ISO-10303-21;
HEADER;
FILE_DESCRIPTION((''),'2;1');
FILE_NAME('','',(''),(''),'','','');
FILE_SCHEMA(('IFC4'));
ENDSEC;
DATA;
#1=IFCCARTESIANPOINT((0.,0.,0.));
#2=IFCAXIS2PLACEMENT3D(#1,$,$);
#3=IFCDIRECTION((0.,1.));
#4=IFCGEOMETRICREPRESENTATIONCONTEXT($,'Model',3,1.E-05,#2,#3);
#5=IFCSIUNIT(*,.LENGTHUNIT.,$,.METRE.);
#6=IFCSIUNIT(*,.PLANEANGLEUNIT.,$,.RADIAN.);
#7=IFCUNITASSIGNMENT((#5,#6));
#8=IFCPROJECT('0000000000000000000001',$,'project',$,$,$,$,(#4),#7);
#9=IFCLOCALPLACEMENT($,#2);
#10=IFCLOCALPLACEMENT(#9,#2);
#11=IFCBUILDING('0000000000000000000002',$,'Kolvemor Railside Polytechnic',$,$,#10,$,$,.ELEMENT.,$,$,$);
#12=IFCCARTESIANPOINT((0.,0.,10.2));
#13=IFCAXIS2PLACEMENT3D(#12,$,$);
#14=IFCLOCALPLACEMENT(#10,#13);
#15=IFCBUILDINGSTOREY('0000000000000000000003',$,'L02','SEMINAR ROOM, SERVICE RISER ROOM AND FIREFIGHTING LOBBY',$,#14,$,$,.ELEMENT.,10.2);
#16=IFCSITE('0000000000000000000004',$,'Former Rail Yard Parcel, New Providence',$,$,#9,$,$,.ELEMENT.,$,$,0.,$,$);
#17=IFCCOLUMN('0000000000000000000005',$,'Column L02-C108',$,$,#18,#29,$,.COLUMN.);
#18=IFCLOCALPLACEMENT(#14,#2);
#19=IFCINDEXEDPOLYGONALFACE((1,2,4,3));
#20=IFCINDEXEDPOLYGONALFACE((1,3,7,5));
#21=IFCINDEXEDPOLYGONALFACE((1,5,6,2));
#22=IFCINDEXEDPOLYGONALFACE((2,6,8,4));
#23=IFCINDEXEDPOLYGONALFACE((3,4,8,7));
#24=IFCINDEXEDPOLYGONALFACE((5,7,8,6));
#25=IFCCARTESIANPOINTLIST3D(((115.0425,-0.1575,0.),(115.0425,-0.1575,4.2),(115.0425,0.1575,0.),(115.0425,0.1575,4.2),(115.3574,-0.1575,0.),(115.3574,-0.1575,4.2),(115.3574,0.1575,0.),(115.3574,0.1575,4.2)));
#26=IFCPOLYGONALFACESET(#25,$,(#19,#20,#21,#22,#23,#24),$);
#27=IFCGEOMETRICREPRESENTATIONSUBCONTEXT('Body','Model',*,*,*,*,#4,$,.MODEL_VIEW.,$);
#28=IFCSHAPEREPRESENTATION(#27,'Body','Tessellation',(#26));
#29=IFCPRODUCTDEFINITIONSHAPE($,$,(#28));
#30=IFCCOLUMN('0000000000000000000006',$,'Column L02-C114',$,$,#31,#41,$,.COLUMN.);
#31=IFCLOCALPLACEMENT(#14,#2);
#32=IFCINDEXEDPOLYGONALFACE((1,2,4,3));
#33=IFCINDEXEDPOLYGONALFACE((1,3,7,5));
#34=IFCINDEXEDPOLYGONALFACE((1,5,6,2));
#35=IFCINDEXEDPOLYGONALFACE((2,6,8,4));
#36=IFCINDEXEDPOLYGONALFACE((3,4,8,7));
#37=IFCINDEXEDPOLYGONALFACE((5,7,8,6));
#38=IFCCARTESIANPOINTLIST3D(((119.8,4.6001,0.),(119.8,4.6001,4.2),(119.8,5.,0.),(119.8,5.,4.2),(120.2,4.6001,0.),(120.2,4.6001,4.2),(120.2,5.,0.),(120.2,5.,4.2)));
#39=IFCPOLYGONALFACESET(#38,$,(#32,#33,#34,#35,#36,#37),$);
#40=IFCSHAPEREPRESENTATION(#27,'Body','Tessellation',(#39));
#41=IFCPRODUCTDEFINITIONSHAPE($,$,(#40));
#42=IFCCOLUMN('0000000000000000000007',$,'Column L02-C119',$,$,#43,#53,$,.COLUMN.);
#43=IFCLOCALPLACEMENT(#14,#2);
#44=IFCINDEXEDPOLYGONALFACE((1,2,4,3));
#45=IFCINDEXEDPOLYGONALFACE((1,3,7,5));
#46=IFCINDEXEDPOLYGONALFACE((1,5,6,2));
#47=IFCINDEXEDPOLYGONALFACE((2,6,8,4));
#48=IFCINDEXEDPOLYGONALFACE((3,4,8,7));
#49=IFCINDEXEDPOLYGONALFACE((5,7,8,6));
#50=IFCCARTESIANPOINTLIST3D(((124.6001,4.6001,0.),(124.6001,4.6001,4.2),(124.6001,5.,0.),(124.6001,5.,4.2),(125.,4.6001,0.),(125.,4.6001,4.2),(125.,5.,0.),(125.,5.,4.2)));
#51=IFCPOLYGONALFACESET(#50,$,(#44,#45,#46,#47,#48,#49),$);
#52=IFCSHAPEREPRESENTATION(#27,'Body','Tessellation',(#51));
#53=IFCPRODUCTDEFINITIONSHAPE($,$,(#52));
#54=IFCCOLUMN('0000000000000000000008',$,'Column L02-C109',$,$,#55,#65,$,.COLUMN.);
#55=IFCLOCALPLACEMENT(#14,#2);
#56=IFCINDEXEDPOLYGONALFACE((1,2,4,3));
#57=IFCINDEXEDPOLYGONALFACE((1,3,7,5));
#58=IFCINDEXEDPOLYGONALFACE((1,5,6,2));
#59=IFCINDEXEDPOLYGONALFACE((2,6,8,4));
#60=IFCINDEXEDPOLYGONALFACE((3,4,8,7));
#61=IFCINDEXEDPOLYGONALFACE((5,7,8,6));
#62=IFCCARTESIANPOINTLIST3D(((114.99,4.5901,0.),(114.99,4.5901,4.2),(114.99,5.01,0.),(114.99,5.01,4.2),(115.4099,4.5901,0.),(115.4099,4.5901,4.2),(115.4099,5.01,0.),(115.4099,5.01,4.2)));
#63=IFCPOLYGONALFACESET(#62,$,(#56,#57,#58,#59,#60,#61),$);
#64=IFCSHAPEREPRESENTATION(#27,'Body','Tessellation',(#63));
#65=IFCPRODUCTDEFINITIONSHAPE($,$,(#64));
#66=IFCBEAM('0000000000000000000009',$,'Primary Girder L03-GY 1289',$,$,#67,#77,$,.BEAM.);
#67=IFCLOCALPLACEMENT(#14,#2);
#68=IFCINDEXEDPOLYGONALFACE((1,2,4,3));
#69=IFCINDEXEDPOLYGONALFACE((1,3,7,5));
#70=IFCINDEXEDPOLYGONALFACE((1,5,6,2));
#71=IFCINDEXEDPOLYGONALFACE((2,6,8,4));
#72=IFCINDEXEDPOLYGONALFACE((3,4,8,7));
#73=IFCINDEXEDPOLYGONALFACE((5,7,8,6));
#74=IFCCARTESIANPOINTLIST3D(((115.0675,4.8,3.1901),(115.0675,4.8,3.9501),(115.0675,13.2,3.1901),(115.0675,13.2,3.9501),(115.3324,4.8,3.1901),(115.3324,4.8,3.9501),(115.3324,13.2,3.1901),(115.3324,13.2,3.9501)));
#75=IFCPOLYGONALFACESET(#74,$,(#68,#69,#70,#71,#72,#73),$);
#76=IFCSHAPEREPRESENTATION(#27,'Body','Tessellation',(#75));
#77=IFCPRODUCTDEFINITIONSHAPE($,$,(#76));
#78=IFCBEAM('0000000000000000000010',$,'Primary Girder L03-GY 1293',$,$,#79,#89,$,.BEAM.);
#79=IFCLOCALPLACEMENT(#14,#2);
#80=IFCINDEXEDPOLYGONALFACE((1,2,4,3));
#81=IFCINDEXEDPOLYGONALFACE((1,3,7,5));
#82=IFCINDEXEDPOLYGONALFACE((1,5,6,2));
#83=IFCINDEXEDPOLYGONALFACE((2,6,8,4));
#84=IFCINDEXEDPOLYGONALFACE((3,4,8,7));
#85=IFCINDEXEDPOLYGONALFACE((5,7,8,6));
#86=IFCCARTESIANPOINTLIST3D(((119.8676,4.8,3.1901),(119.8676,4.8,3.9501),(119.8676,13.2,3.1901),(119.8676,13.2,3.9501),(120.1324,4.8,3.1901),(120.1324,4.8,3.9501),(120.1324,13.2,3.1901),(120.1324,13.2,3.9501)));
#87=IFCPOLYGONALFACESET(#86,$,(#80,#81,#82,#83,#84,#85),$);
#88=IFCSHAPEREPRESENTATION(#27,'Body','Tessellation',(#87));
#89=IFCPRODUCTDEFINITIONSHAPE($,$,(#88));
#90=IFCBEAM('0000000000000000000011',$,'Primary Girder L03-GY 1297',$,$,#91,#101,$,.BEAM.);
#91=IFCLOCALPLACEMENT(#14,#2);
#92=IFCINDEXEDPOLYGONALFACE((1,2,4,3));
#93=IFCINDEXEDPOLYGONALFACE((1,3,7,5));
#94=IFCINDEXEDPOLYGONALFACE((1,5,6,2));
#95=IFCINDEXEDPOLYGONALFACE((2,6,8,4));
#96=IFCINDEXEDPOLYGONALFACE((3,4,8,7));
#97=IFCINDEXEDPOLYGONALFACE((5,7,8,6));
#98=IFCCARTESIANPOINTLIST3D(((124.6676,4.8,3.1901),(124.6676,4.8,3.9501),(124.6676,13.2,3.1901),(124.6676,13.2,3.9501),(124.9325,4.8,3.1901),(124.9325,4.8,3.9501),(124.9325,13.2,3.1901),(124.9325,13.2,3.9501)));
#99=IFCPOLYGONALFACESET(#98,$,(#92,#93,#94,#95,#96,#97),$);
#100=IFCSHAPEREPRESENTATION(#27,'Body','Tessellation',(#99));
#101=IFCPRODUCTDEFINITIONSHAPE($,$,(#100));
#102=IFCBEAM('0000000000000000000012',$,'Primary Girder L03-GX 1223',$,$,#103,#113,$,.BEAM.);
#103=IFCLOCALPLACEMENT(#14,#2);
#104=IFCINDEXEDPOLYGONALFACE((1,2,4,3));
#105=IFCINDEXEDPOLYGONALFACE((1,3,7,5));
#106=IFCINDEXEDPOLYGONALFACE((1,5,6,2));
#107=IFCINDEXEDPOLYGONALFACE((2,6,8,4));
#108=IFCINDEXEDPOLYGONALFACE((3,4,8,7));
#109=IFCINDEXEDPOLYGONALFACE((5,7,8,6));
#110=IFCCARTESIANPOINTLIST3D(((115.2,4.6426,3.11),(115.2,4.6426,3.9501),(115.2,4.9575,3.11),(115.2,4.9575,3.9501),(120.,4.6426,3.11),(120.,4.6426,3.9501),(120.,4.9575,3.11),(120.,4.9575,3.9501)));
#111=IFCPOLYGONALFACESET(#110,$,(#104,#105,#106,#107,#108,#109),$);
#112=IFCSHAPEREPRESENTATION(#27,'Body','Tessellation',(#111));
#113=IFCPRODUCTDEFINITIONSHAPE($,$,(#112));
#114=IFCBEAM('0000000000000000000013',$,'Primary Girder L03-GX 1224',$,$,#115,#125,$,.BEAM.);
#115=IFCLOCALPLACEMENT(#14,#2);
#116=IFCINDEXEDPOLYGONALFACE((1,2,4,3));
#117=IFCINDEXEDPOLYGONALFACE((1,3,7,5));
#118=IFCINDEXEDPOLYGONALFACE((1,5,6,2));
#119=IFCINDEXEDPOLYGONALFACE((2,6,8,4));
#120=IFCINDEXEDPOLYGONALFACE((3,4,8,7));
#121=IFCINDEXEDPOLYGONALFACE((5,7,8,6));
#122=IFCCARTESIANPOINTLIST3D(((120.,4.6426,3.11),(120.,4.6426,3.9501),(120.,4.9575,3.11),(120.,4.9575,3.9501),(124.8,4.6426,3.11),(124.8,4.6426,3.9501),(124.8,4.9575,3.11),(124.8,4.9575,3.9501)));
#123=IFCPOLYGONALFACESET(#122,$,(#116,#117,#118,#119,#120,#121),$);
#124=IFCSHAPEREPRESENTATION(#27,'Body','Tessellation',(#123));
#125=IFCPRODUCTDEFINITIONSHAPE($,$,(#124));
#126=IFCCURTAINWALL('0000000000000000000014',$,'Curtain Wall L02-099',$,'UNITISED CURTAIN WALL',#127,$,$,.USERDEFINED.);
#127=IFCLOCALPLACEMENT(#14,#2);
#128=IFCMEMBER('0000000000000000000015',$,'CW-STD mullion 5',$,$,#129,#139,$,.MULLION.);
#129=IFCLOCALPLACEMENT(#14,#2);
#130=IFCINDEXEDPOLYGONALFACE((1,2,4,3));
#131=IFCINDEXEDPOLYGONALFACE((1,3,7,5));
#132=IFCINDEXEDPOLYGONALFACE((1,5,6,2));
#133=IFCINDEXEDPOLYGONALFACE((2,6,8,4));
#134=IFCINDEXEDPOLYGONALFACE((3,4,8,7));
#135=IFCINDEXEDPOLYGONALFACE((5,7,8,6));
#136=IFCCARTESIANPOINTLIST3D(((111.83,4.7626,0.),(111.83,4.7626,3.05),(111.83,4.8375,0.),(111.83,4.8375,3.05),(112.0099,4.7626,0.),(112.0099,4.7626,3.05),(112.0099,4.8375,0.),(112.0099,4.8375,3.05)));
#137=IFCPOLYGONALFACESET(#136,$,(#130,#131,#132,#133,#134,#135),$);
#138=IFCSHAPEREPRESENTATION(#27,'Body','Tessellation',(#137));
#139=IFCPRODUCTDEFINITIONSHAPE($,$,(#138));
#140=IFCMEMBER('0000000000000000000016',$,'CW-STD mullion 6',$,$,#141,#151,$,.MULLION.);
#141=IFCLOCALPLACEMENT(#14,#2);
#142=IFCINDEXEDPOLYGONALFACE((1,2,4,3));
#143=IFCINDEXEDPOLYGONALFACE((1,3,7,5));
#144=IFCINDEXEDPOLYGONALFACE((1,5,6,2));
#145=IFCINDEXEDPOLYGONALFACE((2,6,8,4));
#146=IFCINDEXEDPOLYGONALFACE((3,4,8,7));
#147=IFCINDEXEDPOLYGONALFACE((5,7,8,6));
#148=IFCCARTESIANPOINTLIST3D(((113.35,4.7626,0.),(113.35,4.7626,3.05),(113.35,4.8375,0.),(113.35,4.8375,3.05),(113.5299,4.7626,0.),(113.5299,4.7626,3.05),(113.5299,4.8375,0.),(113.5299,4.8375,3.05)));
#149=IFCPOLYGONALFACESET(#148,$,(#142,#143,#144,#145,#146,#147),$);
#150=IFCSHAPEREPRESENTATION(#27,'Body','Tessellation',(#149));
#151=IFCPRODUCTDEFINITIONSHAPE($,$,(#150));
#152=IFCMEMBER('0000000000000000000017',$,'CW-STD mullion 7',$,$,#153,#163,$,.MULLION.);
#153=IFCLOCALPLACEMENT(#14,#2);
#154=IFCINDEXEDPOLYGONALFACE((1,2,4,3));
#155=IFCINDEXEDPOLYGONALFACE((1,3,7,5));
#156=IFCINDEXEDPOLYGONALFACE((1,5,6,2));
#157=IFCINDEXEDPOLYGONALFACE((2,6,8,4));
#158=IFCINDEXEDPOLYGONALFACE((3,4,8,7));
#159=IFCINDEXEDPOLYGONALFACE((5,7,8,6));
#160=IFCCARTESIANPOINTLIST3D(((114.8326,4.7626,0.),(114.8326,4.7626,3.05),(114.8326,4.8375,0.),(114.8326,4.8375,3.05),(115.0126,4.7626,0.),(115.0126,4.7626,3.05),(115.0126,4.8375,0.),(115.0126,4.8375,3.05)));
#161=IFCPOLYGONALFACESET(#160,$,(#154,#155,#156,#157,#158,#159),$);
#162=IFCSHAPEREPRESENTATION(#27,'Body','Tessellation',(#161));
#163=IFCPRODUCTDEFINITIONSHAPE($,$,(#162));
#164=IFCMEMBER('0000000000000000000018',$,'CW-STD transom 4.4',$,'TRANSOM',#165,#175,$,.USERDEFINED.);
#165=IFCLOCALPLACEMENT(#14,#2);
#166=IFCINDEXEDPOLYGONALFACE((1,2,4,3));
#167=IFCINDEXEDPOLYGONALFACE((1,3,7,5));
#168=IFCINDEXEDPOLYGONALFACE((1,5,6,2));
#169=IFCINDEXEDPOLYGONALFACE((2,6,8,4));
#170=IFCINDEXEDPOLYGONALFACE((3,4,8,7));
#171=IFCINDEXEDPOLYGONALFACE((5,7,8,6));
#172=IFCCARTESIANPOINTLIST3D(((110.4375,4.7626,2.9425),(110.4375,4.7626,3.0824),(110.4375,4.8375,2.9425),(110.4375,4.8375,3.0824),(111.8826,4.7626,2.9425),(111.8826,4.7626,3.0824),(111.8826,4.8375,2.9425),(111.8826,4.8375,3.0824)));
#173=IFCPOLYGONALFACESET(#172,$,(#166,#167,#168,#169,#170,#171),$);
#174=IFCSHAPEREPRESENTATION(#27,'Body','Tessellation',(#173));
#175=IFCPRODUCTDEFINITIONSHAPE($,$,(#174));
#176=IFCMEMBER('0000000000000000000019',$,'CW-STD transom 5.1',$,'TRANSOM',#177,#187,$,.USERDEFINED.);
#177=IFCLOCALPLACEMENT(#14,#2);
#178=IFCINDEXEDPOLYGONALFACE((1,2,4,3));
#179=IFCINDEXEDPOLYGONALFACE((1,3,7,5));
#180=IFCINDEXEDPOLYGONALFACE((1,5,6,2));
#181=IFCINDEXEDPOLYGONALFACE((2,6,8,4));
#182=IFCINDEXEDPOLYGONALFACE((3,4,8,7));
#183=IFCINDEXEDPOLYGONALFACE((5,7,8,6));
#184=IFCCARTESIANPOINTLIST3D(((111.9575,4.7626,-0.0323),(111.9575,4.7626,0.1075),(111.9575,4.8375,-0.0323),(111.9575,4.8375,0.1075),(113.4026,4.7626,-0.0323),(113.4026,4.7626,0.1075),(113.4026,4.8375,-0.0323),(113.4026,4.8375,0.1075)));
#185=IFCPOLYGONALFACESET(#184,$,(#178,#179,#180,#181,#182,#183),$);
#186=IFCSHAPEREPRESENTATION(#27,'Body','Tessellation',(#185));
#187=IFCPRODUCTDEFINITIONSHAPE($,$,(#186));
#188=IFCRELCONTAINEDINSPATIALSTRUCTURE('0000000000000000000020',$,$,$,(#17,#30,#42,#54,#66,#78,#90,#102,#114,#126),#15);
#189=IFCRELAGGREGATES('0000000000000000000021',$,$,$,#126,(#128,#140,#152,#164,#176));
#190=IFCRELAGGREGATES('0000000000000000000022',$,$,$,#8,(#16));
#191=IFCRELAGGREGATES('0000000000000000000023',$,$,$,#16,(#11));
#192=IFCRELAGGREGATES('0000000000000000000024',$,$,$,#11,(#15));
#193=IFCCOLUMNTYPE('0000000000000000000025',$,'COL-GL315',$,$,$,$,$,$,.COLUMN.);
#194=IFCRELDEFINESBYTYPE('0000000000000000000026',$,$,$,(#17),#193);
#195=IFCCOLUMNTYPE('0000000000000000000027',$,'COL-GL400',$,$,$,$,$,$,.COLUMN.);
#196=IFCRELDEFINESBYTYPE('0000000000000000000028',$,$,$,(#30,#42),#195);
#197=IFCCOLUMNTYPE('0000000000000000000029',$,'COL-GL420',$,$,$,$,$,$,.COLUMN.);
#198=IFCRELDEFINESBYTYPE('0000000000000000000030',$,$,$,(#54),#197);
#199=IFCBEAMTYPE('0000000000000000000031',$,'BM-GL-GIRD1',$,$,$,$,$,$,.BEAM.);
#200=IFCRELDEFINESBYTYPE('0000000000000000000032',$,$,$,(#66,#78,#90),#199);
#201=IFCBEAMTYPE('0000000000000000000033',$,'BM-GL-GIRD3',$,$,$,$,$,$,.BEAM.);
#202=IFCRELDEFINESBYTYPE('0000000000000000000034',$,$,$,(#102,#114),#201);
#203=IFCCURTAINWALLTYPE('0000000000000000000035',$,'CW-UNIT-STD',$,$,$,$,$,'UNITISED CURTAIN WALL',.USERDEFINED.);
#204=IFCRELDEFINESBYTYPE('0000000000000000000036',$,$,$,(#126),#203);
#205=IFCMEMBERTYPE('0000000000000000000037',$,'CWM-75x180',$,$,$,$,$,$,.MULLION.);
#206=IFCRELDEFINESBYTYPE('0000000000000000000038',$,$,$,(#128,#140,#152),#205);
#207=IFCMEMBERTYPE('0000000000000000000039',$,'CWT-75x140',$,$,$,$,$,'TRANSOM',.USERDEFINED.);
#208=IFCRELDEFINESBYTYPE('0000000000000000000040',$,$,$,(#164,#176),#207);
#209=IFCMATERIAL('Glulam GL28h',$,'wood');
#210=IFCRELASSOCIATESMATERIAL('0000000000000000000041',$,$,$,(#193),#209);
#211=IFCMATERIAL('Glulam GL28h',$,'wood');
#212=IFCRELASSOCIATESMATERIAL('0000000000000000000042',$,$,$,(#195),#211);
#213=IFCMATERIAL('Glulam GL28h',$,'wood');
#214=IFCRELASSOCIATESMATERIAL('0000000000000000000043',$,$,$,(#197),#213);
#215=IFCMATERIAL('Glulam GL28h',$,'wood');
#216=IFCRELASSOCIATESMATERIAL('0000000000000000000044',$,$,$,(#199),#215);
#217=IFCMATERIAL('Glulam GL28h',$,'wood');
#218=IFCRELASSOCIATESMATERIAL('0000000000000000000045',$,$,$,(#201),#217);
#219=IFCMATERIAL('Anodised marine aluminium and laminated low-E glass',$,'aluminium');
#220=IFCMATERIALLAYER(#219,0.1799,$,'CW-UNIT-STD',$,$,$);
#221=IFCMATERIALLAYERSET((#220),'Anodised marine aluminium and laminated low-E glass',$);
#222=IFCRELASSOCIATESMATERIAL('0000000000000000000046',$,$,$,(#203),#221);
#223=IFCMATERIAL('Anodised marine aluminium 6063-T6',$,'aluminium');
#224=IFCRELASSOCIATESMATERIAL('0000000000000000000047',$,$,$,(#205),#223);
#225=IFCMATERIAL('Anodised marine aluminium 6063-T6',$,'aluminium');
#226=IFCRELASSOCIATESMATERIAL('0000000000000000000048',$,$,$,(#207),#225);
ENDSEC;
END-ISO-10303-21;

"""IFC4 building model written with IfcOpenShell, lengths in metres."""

from ifc_helpers import new_model, si_unit, direction, frame, origin, origin_2d, place, context, subcontext, project, spatial, rectangle, extrude, material, layer, layer_set, material_profile, profile_set, type_object, element, aggregate, save


model = new_model("IFC4")

# Units and contexts
model_context = context("Model", 3, precision=1e-05, world=origin(), true_north=direction((0.0, 1.0)))
body_context = subcontext(model_context, "Body", "Model", "MODEL_VIEW")
ifc_project = project(units=[si_unit("LENGTHUNIT", "METRE"), si_unit("PLANEANGLEUNIT", "RADIAN")], contexts=[model_context])

# Site, building, storey
site_placement = place(None, origin())
site = spatial("IfcSite", under=ifc_project, at=site_placement, Name="Former Rail Yard Parcel, New Providence", CompositionType="ELEMENT", RefElevation=0.0)
building_placement = place(site_placement, origin())
building = spatial("IfcBuilding", under=site, at=building_placement, Name="Kolvemor Railside Polytechnic", CompositionType="ELEMENT")
storey_placement = place(building_placement, frame((0.0, 0.0, 10.2)))
storey = spatial("IfcBuildingStorey", under=building, at=storey_placement, Name="L02", Description="SEMINAR ROOM, SERVICE RISER ROOM AND FIREFIGHTING LOBBY", CompositionType="ELEMENT", Elevation=10.2)

# Columns
ifc_material_1 = material(Name="Glulam GL28h", Category="wood")
ifc_material_profile_1 = material_profile(ifc_material_1, rectangle(XDim=0.3149, YDim=0.3149, at=origin_2d()), Name="GL315x315")
ifc_profile_set_1 = profile_set([ifc_material_profile_1], Name="Glulam GL28h")
column_type_1 = type_object("IfcColumnType", Name="COL-GL315", PredefinedType="COLUMN", material=ifc_profile_set_1)
column_1_placement = place(storey_placement, frame((115.2, 0.0, 0.0), z_axis=(0.0, 0.0, 1.0), x_axis=(1.0, 0.0, 0.0)))
element("IfcColumn", 1, at=column_1_placement, inside=storey, type_object=column_type_1, Name="Column L02-C108", PredefinedType="COLUMN", context=body_context, shape_type="SweptSolid", body=[
    extrude(rectangle(XDim=0.3149, YDim=0.3149, at=origin_2d()), origin(), (0.0, 0.0, 1.0), 4.2),
])
ifc_material_2 = material(Name="Glulam GL28h", Category="wood")
ifc_material_profile_2 = material_profile(ifc_material_2, rectangle(XDim=0.3999, YDim=0.3999, at=origin_2d()), Name="GL400x400")
ifc_profile_set_2 = profile_set([ifc_material_profile_2], Name="Glulam GL28h")
column_type_2 = type_object("IfcColumnType", Name="COL-GL400", PredefinedType="COLUMN", material=ifc_profile_set_2)
for number, where, z_axis, x_axis, name in (
    (2, (120.0, 4.8, 0.0), (0.0, 0.0, 1.0), (1.0, 0.0, 0.0), "Column L02-C114"),
    (3, (124.8, 4.8, 0.0), (0.0, 0.0, 1.0), (1.0, 0.0, 0.0), "Column L02-C119"),
):
    element("IfcColumn", number, at=place(storey_placement, frame(where, z_axis=z_axis, x_axis=x_axis)), inside=storey, type_object=column_type_2, Name=name, PredefinedType="COLUMN", context=body_context, shape_type="SweptSolid", body=[
        extrude(rectangle(XDim=0.3999, YDim=0.3999, at=origin_2d()), origin(), (0.0, 0.0, 1.0), 4.2),
    ])
ifc_material_3 = material(Name="Glulam GL28h", Category="wood")
ifc_material_profile_3 = material_profile(ifc_material_3, rectangle(XDim=0.4199, YDim=0.4199, at=origin_2d()), Name="GL420x420")
ifc_profile_set_3 = profile_set([ifc_material_profile_3], Name="Glulam GL28h")
column_type_3 = type_object("IfcColumnType", Name="COL-GL420", PredefinedType="COLUMN", material=ifc_profile_set_3)
column_2_placement = place(storey_placement, frame((115.2, 4.8, 0.0), z_axis=(0.0, 0.0, 1.0), x_axis=(1.0, 0.0, 0.0)))
element("IfcColumn", 4, at=column_2_placement, inside=storey, type_object=column_type_3, Name="Column L02-C109", PredefinedType="COLUMN", context=body_context, shape_type="SweptSolid", body=[
    extrude(rectangle(XDim=0.4199, YDim=0.4199, at=origin_2d()), origin(), (0.0, 0.0, 1.0), 4.2),
])

# Beams
ifc_material_4 = material(Name="Glulam GL28h", Category="wood")
ifc_material_profile_4 = material_profile(ifc_material_4, rectangle(XDim=0.2649, YDim=0.76, at=origin_2d()), Name="GL265x760")
ifc_profile_set_4 = profile_set([ifc_material_profile_4], Name="Glulam GL28h")
beam_type_1 = type_object("IfcBeamType", Name="BM-GL-GIRD1", PredefinedType="BEAM", material=ifc_profile_set_4)
for number, where, z_axis, x_axis, name in (
    (5, (115.2, 4.8, 3.5701), (0.0, 1.0, 0.0), (-1.0, 0.0, 0.0), "Primary Girder L03-GY 1289"),
    (6, (120.0, 4.8, 3.5701), (0.0, 1.0, 0.0), (-1.0, 0.0, 0.0), "Primary Girder L03-GY 1293"),
    (7, (124.8, 4.8, 3.5701), (0.0, 1.0, 0.0), (-1.0, 0.0, 0.0), "Primary Girder L03-GY 1297"),
):
    element("IfcBeam", number, at=place(storey_placement, frame(where, z_axis=z_axis, x_axis=x_axis)), inside=storey, type_object=beam_type_1, Name=name, PredefinedType="BEAM", context=body_context, shape_type="SweptSolid", body=[
        extrude(rectangle(XDim=0.2649, YDim=0.76, at=origin_2d()), origin(), (0.0, 0.0, 1.0), 8.3999),
    ])
ifc_material_5 = material(Name="Glulam GL28h", Category="wood")
ifc_material_profile_5 = material_profile(ifc_material_5, rectangle(XDim=0.3149, YDim=0.8401, at=origin_2d()), Name="GL315x840")
ifc_profile_set_5 = profile_set([ifc_material_profile_5], Name="Glulam GL28h")
beam_type_2 = type_object("IfcBeamType", Name="BM-GL-GIRD3", PredefinedType="BEAM", material=ifc_profile_set_5)
for number, where, z_axis, x_axis, name in (
    (8, (115.2, 4.8, 3.53), (1.0, 0.0, 0.0), (0.0, 1.0, 0.0), "Primary Girder L03-GX 1223"),
    (9, (120.0, 4.8, 3.53), (1.0, 0.0, 0.0), (0.0, 1.0, 0.0), "Primary Girder L03-GX 1224"),
):
    element("IfcBeam", number, at=place(storey_placement, frame(where, z_axis=z_axis, x_axis=x_axis)), inside=storey, type_object=beam_type_2, Name=name, PredefinedType="BEAM", context=body_context, shape_type="SweptSolid", body=[
        extrude(rectangle(XDim=0.3149, YDim=0.8401, at=origin_2d()), origin(), (0.0, 0.0, 1.0), 4.8),
    ])

# Curtain wall, members
ifc_material_6 = material(Name="Anodised marine aluminium and laminated low-E glass", Category="aluminium")
ifc_layer_1 = layer(ifc_material_6, 0.1799, Name="CW-UNIT-STD")
ifc_layer_set_1 = layer_set([ifc_layer_1], Name="Anodised marine aluminium and laminated low-E glass")
curtain_wall_type = type_object("IfcCurtainWallType", Name="CW-UNIT-STD", ElementType="UNITISED CURTAIN WALL", PredefinedType="USERDEFINED", material=ifc_layer_set_1)
curtain_wall_placement = place(storey_placement, origin())
curtain_wall = element("IfcCurtainWall", 10, at=curtain_wall_placement, inside=storey, type_object=curtain_wall_type, Name="Curtain Wall L02-099", ObjectType="UNITISED CURTAIN WALL", PredefinedType="USERDEFINED")
ifc_material_7 = material(Name="Anodised marine aluminium 6063-T6", Category="aluminium")
ifc_material_profile_6 = material_profile(ifc_material_7, rectangle(XDim=0.075, YDim=0.1799, at=origin_2d()), Name="CW-MUL-75x180")
ifc_profile_set_6 = profile_set([ifc_material_profile_6], Name="Anodised marine aluminium 6063-T6")
member_type_1 = type_object("IfcMemberType", Name="CWM-75x180", PredefinedType="MULLION", material=ifc_profile_set_6)
member_1_placement = place(storey_placement, frame((111.9199, 4.8, 0.0), z_axis=(0.0, 0.0, 1.0), x_axis=(0.0, 1.0, 0.0)))
member_1 = element("IfcMember", 11, at=member_1_placement, type_object=member_type_1, Name="CW-STD mullion 5", PredefinedType="MULLION", context=body_context, shape_type="SweptSolid", body=[
    extrude(rectangle(XDim=0.075, YDim=0.1799, at=origin_2d()), origin(), (0.0, 0.0, 1.0), 3.05),
])
member_2_placement = place(storey_placement, frame((113.4399, 4.8, 0.0), z_axis=(0.0, 0.0, 1.0), x_axis=(0.0, 1.0, 0.0)))
member_2 = element("IfcMember", 12, at=member_2_placement, type_object=member_type_1, Name="CW-STD mullion 6", PredefinedType="MULLION", context=body_context, shape_type="SweptSolid", body=[
    extrude(rectangle(XDim=0.075, YDim=0.1799, at=origin_2d()), origin(), (0.0, 0.0, 1.0), 3.05),
])
member_3_placement = place(storey_placement, frame((114.9226, 4.8, 0.0), z_axis=(0.0, 0.0, 1.0), x_axis=(0.0, 1.0, 0.0)))
member_3 = element("IfcMember", 13, at=member_3_placement, type_object=member_type_1, Name="CW-STD mullion 7", PredefinedType="MULLION", context=body_context, shape_type="SweptSolid", body=[
    extrude(rectangle(XDim=0.075, YDim=0.1799, at=origin_2d()), origin(), (0.0, 0.0, 1.0), 3.05),
])
ifc_material_8 = material(Name="Anodised marine aluminium 6063-T6", Category="aluminium")
ifc_material_profile_7 = material_profile(ifc_material_8, rectangle(XDim=0.075, YDim=0.1399, at=origin_2d()), Name="CW-TRN-75x140")
ifc_profile_set_7 = profile_set([ifc_material_profile_7], Name="Anodised marine aluminium 6063-T6")
member_type_2 = type_object("IfcMemberType", Name="CWT-75x140", ElementType="TRANSOM", PredefinedType="USERDEFINED", material=ifc_profile_set_7)
member_4_placement = place(storey_placement, frame((110.4375, 4.8, 3.0125), z_axis=(1.0, 0.0, 0.0), x_axis=(0.0, 1.0, 0.0)))
member_4 = element("IfcMember", 14, at=member_4_placement, type_object=member_type_2, Name="CW-STD transom 4.4", ObjectType="TRANSOM", PredefinedType="USERDEFINED", context=body_context, shape_type="SweptSolid", body=[
    extrude(rectangle(XDim=0.075, YDim=0.1399, at=origin_2d()), origin(), (0.0, 0.0, 1.0), 1.4451),
])
member_5_placement = place(storey_placement, frame((111.9575, 4.8, 0.0376), z_axis=(1.0, 0.0, 0.0), x_axis=(0.0, 1.0, 0.0)))
member_5 = element("IfcMember", 15, at=member_5_placement, type_object=member_type_2, Name="CW-STD transom 5.1", ObjectType="TRANSOM", PredefinedType="USERDEFINED", context=body_context, shape_type="SweptSolid", body=[
    extrude(rectangle(XDim=0.075, YDim=0.1399, at=origin_2d()), origin(), (0.0, 0.0, 1.0), 1.4451),
])
aggregate(curtain_wall, [member_1, member_2, member_3, member_4, member_5])

save(model, "model.ifc")
